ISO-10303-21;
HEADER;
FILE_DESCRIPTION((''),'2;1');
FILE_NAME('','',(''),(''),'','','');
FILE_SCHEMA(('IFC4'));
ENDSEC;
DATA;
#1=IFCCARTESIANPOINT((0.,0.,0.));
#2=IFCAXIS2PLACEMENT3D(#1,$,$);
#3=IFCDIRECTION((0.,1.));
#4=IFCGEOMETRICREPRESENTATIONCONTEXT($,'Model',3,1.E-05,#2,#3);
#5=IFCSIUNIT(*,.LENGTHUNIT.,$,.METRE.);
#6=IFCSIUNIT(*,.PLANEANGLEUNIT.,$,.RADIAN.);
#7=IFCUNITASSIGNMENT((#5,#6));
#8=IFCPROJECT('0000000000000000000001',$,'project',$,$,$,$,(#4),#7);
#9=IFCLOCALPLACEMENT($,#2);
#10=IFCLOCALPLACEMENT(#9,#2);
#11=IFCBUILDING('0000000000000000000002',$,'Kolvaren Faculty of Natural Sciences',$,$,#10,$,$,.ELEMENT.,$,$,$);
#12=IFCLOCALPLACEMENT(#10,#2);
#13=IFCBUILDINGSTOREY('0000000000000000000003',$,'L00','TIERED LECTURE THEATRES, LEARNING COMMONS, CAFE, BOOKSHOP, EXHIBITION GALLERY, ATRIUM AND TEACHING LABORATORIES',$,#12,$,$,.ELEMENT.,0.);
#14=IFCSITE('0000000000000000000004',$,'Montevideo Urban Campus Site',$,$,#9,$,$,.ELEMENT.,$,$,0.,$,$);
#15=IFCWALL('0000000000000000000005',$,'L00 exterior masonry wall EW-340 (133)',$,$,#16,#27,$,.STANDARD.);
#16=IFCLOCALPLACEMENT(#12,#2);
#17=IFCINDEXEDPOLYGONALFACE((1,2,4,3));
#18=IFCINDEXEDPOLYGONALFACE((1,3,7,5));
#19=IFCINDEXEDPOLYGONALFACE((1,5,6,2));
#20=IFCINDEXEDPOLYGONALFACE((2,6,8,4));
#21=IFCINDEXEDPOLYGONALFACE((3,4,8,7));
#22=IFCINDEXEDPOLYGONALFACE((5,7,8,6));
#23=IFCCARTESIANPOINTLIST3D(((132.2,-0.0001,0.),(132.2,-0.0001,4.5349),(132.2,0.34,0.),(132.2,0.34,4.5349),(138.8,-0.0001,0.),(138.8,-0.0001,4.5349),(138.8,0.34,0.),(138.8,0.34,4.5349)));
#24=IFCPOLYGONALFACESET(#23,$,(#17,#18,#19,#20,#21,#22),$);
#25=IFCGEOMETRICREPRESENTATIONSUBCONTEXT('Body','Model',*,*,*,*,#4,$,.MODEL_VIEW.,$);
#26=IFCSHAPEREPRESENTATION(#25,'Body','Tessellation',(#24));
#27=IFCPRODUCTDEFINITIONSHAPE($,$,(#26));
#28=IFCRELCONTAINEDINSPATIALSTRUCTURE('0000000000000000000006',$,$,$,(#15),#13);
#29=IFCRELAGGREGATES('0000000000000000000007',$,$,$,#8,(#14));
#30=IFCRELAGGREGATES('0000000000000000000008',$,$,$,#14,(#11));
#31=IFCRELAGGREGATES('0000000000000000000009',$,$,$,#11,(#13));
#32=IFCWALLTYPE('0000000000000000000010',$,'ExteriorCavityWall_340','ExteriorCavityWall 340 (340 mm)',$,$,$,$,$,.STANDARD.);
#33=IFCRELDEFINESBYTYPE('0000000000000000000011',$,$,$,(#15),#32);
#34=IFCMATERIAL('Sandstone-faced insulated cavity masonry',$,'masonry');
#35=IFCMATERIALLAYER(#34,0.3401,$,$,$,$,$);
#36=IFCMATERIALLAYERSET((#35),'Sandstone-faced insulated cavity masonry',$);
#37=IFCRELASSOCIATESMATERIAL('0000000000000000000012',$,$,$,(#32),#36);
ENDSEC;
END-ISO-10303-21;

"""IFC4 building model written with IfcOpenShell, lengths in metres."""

from ifc_helpers import new_model, si_unit, direction, frame, frame_2d, origin, place, context, subcontext, project, spatial, rectangle, extrude, material, layer, layer_set, type_object, element, save


model = new_model("IFC4")

# Units and contexts
model_context = context("Model", 3, precision=1e-05, world=origin(), true_north=direction((0.0, 1.0)))
body_context = subcontext(model_context, "Body", "Model", "MODEL_VIEW")
ifc_project = project(units=[si_unit("LENGTHUNIT", "METRE"), si_unit("PLANEANGLEUNIT", "RADIAN")], contexts=[model_context])

# Site, building, storey
site_placement = place(None, origin())
site = spatial("IfcSite", under=ifc_project, at=site_placement, Name="Montevideo Urban Campus Site", CompositionType="ELEMENT", RefElevation=0.0)
building_placement = place(site_placement, origin())
building = spatial("IfcBuilding", under=site, at=building_placement, Name="Kolvaren Faculty of Natural Sciences", CompositionType="ELEMENT")
storey_placement = place(building_placement, origin())
storey = spatial("IfcBuildingStorey", under=building, at=storey_placement, Name="L00", Description="TIERED LECTURE THEATRES, LEARNING COMMONS, CAFE, BOOKSHOP, EXHIBITION GALLERY, ATRIUM AND TEACHING LABORATORIES", CompositionType="ELEMENT", Elevation=0.0)

# Wall
ifc_material_1 = material(Name="Sandstone-faced insulated cavity masonry", Category="masonry")
ifc_layer = layer(ifc_material_1, 0.3401)
ifc_layer_set = layer_set([ifc_layer], Name="Sandstone-faced insulated cavity masonry")
wall_type = type_object("IfcWallType", Name="ExteriorCavityWall_340", Description="ExteriorCavityWall 340 (340 mm)", PredefinedType="STANDARD", material=ifc_layer_set)
wall_placement = place(storey_placement, frame((138.8, 0.1699, 0.0), z_axis=(0.0, 0.0, 1.0), x_axis=(-1.0, 0.0, 0.0)))
element("IfcWall", 1, at=wall_placement, inside=storey, type_object=wall_type, Name="L00 exterior masonry wall EW-340 (133)", PredefinedType="STANDARD", context=body_context, shape_type="SweptSolid", body=[
    extrude(rectangle(XDim=6.6001, YDim=0.3401, at=frame_2d((3.3, 0.0))), origin(), (0.0, 0.0, 1.0), 4.5349),
])

save(model, "model.ifc")
